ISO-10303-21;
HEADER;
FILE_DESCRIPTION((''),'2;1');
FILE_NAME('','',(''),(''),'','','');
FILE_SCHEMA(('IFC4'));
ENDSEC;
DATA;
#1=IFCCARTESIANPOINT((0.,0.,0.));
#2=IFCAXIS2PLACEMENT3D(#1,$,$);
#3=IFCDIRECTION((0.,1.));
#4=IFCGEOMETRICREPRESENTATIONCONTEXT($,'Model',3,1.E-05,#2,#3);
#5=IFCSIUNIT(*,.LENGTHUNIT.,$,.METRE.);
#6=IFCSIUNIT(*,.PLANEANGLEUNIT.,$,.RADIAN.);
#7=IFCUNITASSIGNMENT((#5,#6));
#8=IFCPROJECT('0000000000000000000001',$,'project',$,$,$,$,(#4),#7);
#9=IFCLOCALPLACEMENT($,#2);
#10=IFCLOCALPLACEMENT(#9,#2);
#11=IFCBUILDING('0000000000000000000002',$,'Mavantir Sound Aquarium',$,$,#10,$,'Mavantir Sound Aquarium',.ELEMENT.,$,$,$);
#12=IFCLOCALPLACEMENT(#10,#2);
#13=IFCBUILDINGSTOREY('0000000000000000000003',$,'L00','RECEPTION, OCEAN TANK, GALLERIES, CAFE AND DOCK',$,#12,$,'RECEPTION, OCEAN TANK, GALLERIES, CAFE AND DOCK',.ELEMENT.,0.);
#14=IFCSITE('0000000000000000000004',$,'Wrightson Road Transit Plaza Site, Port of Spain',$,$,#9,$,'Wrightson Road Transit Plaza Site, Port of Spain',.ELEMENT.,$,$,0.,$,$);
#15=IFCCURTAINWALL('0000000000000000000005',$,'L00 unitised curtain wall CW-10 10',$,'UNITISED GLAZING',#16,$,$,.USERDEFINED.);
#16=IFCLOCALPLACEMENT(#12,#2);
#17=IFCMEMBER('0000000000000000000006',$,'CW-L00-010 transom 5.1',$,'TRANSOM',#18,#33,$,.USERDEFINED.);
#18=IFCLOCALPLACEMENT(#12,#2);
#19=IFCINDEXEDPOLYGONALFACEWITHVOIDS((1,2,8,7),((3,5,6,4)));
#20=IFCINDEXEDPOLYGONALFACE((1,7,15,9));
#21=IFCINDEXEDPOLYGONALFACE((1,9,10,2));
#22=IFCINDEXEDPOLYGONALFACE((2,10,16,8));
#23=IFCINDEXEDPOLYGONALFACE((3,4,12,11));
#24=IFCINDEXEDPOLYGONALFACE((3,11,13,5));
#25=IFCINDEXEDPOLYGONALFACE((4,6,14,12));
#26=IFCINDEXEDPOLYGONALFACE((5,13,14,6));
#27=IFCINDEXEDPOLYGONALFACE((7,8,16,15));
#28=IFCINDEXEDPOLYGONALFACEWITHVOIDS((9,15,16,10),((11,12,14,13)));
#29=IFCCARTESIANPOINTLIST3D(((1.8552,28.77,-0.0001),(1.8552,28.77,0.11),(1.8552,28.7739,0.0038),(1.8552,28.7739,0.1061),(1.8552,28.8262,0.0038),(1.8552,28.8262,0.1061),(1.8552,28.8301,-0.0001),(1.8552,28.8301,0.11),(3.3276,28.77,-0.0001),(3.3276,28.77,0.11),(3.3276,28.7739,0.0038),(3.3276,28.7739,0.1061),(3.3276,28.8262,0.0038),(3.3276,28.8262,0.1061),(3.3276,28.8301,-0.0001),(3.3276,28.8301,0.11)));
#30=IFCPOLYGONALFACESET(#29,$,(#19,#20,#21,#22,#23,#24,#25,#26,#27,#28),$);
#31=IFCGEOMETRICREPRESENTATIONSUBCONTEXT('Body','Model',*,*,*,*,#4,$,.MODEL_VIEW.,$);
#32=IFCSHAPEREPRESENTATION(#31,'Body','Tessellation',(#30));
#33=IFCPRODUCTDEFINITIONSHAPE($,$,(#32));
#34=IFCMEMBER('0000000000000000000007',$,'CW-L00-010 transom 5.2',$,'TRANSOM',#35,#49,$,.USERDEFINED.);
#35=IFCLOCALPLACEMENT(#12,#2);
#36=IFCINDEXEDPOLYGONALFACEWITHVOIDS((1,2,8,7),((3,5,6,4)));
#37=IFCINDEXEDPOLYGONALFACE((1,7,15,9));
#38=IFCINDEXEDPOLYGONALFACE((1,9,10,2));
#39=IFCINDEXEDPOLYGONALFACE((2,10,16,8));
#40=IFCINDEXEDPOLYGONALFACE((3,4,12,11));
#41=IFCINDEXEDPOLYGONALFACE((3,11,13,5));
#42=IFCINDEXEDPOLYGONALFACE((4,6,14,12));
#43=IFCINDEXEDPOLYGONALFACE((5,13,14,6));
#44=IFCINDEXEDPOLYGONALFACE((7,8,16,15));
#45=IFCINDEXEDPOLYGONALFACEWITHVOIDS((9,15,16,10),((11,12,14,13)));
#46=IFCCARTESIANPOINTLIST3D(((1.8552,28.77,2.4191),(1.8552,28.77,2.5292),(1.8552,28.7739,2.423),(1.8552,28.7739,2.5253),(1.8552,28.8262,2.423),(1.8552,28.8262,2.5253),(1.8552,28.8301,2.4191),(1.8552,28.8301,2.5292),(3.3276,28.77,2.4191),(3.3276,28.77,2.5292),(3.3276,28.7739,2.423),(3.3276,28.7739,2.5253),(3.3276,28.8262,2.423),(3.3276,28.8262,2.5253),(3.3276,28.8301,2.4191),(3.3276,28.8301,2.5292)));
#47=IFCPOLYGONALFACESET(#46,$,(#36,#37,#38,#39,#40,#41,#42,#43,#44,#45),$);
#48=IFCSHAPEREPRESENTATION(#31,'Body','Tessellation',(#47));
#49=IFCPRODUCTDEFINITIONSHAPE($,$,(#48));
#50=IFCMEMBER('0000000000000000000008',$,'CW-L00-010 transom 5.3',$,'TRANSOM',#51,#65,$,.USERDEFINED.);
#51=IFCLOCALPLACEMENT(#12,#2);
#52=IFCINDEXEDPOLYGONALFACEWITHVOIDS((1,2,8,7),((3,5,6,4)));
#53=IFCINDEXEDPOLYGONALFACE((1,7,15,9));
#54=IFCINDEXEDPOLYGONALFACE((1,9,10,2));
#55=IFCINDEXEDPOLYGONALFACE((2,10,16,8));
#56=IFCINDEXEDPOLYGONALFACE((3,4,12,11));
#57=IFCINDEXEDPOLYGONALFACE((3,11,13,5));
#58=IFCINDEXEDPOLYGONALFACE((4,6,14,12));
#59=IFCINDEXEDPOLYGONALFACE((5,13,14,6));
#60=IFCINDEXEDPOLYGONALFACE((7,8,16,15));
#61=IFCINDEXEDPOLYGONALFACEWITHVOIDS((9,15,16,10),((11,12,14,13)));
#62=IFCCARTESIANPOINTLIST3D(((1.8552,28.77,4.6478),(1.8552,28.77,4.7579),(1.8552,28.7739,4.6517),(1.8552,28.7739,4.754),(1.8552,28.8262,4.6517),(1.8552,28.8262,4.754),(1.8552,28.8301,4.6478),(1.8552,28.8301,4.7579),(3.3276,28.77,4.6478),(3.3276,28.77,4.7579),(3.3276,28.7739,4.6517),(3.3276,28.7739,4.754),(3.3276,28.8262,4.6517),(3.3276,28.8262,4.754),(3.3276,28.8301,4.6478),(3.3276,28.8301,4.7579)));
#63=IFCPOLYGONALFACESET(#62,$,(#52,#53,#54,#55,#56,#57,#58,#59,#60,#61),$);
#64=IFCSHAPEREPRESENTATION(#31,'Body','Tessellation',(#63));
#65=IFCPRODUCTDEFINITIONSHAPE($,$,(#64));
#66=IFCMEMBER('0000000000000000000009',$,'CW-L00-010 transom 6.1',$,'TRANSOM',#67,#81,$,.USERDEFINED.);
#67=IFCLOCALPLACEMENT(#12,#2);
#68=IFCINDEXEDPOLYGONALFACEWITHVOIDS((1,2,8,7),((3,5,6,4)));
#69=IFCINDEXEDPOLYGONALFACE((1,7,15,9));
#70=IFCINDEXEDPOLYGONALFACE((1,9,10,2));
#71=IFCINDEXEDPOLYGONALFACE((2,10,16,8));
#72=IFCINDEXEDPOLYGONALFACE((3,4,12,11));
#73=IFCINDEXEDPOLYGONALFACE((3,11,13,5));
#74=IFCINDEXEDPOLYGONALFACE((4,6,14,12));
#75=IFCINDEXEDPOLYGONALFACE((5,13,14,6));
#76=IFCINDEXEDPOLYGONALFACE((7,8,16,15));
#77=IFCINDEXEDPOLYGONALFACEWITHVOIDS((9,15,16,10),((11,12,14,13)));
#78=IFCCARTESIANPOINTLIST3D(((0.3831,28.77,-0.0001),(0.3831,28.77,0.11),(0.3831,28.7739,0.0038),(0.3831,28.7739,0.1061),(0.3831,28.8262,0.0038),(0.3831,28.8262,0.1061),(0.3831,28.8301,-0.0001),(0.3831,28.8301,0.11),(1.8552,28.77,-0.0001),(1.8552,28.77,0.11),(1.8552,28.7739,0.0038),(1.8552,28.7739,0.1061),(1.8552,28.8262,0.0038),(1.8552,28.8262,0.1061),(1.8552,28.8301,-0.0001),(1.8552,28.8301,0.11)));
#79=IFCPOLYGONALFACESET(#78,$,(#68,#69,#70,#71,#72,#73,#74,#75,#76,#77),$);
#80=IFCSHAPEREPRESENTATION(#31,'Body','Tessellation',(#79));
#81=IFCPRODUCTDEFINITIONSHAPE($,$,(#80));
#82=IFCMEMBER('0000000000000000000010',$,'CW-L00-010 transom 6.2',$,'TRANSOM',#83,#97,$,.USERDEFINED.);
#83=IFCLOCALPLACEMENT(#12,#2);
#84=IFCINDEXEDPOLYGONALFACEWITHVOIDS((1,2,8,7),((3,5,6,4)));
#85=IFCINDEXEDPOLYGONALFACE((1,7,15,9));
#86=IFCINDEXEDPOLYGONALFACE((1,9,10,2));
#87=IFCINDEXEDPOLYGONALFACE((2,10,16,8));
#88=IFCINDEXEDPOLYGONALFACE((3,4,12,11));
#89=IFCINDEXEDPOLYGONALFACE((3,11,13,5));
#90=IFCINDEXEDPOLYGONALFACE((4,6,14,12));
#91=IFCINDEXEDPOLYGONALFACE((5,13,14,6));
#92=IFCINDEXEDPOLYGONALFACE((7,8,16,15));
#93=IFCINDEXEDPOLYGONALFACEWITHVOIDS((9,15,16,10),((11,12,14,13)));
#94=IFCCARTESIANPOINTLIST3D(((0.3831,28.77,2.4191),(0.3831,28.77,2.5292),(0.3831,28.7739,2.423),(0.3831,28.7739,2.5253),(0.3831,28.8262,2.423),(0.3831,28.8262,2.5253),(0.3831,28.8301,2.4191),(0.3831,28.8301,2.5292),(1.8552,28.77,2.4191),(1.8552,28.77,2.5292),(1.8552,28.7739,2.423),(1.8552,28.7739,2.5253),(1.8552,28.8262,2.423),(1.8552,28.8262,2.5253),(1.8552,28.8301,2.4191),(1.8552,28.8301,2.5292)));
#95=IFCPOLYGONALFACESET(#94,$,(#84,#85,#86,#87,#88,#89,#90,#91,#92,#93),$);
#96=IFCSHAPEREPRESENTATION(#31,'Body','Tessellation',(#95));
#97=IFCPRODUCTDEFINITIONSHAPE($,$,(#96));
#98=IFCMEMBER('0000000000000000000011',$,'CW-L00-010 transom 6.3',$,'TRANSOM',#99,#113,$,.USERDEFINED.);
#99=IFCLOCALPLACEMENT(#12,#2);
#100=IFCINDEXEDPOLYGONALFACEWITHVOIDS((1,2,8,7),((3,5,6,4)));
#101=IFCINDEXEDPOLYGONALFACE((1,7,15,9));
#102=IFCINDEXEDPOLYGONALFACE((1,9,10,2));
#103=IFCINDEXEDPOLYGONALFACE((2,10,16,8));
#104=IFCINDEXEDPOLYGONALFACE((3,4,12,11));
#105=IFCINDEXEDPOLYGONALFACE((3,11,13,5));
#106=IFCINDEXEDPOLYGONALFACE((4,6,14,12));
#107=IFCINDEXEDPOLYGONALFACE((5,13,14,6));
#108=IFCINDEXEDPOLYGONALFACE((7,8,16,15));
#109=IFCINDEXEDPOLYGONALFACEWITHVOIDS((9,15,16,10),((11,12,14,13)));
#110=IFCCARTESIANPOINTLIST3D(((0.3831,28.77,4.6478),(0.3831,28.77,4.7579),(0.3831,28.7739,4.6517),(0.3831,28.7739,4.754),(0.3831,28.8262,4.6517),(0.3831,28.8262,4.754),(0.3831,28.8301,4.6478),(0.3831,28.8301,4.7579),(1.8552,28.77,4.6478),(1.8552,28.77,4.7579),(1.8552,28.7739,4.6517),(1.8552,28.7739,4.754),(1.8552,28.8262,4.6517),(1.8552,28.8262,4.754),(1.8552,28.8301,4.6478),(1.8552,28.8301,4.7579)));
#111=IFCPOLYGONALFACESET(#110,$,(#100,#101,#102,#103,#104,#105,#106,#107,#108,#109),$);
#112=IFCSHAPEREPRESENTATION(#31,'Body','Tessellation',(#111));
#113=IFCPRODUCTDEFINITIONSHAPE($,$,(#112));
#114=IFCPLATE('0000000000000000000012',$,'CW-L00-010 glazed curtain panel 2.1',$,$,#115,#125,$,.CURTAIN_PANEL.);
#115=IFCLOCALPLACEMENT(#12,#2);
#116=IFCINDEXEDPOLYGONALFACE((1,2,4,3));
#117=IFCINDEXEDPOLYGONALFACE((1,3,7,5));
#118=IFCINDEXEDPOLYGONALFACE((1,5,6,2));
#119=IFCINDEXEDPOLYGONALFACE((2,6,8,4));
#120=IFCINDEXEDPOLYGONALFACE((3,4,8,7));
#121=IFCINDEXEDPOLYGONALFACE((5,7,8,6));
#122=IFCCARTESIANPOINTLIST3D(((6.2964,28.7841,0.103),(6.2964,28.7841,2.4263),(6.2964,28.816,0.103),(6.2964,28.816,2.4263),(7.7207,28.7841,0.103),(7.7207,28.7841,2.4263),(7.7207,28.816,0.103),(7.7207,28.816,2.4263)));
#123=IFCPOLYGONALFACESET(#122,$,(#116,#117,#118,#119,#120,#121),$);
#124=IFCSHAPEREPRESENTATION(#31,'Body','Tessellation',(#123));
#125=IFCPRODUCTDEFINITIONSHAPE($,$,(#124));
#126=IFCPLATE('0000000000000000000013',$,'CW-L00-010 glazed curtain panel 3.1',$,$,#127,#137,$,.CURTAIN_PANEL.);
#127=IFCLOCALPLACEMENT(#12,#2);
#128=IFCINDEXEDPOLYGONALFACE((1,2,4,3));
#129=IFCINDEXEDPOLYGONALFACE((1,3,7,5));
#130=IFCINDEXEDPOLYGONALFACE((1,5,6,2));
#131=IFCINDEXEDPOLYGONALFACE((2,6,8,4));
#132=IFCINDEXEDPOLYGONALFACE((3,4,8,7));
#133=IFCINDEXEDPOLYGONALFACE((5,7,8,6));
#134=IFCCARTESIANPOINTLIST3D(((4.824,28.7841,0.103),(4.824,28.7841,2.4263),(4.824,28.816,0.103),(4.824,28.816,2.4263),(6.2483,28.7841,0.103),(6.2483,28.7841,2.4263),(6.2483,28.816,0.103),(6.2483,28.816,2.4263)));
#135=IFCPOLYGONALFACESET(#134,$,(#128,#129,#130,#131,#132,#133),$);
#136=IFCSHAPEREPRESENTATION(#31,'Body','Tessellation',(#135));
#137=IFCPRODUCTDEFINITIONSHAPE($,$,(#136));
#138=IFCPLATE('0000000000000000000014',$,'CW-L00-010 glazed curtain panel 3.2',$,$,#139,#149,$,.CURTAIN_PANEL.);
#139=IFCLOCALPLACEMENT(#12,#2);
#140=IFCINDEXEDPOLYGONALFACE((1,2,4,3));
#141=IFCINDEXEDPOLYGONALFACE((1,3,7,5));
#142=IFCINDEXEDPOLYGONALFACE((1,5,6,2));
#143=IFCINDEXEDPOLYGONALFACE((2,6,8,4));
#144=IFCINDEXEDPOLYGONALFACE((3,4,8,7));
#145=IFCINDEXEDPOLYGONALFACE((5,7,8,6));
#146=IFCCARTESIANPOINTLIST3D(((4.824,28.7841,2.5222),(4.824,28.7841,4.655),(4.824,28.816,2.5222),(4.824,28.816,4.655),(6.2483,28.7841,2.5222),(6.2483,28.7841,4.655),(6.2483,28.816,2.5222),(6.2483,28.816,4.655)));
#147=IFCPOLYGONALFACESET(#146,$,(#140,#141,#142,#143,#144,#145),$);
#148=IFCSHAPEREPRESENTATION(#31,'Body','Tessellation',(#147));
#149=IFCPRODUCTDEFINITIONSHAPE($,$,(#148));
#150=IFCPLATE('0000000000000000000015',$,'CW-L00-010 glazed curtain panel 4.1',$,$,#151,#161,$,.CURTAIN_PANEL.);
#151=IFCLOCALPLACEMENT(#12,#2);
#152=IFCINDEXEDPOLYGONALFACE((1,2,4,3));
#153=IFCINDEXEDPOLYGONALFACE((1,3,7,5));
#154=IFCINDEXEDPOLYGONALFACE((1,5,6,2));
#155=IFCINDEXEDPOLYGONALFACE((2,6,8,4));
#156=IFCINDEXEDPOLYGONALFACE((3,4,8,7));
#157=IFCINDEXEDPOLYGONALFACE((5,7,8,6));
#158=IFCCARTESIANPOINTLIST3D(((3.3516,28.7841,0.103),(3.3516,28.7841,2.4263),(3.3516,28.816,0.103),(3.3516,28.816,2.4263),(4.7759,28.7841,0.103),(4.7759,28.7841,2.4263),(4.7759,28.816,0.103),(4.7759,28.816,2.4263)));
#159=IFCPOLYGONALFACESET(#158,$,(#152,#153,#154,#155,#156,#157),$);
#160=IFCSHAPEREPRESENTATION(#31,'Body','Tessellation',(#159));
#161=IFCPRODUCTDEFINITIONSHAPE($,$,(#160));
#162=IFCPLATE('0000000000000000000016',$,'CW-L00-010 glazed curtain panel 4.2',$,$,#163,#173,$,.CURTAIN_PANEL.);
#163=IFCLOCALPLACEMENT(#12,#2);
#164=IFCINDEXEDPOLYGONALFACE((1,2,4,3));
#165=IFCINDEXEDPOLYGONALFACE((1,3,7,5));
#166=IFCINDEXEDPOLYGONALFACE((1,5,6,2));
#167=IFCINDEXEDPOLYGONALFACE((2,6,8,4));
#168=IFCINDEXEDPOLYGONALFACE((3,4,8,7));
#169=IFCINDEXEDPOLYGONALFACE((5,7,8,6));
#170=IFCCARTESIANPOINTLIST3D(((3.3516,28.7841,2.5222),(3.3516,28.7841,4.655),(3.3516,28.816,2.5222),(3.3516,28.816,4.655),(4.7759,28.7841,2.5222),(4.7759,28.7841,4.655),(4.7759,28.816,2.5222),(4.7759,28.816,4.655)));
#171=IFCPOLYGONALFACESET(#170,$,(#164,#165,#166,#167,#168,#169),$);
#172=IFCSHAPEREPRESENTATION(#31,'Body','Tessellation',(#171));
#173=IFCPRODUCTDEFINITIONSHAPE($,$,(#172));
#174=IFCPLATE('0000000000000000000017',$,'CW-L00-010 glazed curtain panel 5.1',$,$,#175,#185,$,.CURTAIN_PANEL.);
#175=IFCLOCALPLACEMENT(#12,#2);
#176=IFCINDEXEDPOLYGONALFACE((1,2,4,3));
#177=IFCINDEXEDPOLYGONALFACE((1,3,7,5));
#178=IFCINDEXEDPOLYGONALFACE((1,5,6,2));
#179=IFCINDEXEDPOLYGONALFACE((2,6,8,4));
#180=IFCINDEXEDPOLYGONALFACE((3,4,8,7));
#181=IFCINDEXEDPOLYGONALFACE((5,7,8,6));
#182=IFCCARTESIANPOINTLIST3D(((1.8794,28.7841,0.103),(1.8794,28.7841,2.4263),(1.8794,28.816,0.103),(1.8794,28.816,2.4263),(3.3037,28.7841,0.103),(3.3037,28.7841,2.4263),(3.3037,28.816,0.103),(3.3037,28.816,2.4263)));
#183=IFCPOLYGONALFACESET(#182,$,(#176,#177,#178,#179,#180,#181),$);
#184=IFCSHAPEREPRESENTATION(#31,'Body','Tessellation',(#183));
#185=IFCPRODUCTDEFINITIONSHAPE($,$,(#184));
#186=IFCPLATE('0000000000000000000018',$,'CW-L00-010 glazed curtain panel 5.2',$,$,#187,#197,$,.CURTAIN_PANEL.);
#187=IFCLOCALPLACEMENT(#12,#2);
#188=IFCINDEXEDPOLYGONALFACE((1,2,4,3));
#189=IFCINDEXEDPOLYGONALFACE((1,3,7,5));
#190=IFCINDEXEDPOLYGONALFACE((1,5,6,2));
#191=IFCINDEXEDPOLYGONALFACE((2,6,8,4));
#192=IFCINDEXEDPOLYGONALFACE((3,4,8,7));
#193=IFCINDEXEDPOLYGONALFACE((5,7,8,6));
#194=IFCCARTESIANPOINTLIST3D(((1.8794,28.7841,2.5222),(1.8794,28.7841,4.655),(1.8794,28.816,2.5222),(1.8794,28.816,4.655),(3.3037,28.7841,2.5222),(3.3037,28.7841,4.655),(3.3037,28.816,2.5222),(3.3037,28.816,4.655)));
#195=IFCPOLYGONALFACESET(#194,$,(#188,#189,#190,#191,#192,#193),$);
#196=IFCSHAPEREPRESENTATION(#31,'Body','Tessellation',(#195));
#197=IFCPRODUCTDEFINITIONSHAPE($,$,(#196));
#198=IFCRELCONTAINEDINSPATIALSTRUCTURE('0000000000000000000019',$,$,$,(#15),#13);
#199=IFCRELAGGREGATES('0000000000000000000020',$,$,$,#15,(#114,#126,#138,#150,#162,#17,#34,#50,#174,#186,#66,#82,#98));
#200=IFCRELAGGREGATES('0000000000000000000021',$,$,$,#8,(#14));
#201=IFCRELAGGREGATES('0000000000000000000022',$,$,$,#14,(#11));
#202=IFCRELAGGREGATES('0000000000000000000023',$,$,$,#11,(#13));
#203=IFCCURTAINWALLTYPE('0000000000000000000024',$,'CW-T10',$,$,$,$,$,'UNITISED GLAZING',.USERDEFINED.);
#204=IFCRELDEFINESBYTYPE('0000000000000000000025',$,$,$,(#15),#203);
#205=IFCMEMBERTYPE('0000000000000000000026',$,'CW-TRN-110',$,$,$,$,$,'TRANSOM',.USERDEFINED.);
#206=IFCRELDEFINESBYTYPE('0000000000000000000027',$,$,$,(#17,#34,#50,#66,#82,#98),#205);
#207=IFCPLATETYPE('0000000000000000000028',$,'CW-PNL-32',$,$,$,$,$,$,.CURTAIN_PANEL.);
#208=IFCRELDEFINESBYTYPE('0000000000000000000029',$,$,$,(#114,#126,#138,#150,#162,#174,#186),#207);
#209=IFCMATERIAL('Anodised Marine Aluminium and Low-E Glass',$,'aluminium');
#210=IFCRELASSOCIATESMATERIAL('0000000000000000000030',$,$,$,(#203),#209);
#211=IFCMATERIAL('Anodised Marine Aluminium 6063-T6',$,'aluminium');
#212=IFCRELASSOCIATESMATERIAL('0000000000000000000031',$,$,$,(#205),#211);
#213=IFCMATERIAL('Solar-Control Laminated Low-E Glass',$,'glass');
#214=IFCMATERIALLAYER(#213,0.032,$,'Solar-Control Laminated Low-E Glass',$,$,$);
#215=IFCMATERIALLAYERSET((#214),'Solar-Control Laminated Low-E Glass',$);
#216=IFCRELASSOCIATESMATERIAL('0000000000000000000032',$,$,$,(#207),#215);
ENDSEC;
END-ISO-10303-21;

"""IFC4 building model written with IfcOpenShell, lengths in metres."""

from ifc_helpers import new_model, si_unit, direction, frame, origin, origin_2d, place, context, subcontext, project, spatial, rectangle, hollow_rectangle, extrude, material, layer, layer_set, material_profile, profile_set, type_object, element, aggregate, save


model = new_model("IFC4")

# Units and contexts
model_context = context("Model", 3, precision=1e-05, world=origin(), true_north=direction((0.0, 1.0)))
body_context = subcontext(model_context, "Body", "Model", "MODEL_VIEW")
ifc_project = project(units=[si_unit("LENGTHUNIT", "METRE"), si_unit("PLANEANGLEUNIT", "RADIAN")], contexts=[model_context])

# Site, building, storey
site_placement = place(None, origin())
site = spatial("IfcSite", under=ifc_project, at=site_placement, Name="Wrightson Road Transit Plaza Site, Port of Spain", LongName="Wrightson Road Transit Plaza Site, Port of Spain", CompositionType="ELEMENT", RefElevation=0.0)
building_placement = place(site_placement, origin())
building = spatial("IfcBuilding", under=site, at=building_placement, Name="Mavantir Sound Aquarium", LongName="Mavantir Sound Aquarium", CompositionType="ELEMENT")
storey_placement = place(building_placement, origin())
storey = spatial("IfcBuildingStorey", under=building, at=storey_placement, Name="L00", Description="RECEPTION, OCEAN TANK, GALLERIES, CAFE AND DOCK", LongName="RECEPTION, OCEAN TANK, GALLERIES, CAFE AND DOCK", CompositionType="ELEMENT", Elevation=0.0)

# Curtain wall, members, plates
ifc_material_1 = material(Name="Anodised Marine Aluminium and Low-E Glass", Category="aluminium")
curtain_wall_type = type_object("IfcCurtainWallType", Name="CW-T10", ElementType="UNITISED GLAZING", PredefinedType="USERDEFINED", material=ifc_material_1)
curtain_wall_placement = place(storey_placement, origin())
curtain_wall = element("IfcCurtainWall", 1, at=curtain_wall_placement, inside=storey, type_object=curtain_wall_type, Name="L00 unitised curtain wall CW-10 10", ObjectType="UNITISED GLAZING", PredefinedType="USERDEFINED")
ifc_material_2 = material(Name="Anodised Marine Aluminium 6063-T6", Category="aluminium")
ifc_material_profile_1 = material_profile(ifc_material_2, hollow_rectangle(XDim=0.0601, YDim=0.1101, WallThickness=0.0039, at=origin_2d()), Name="ALU-TRANSOM-110X60")
ifc_profile_set_1 = profile_set([ifc_material_profile_1], Name="Anodised Marine Aluminium 6063-T6")
member_type_1 = type_object("IfcMemberType", Name="CW-TRN-110", ElementType="TRANSOM", PredefinedType="USERDEFINED", material=ifc_profile_set_1)
member_1_placement = place(storey_placement, frame((3.3276, 28.8, 0.0549), z_axis=(-1.0, 0.0, 0.0), x_axis=(0.0, -1.0, 0.0)))
member_1 = element("IfcMember", 2, at=member_1_placement, type_object=member_type_1, Name="CW-L00-010 transom 5.1", ObjectType="TRANSOM", PredefinedType="USERDEFINED", context=body_context, shape_type="SweptSolid", body=[
    extrude(hollow_rectangle(XDim=0.0601, YDim=0.1101, WallThickness=0.0039, at=origin_2d()), origin(), (0.0, 0.0, 1.0), 1.4724),
])
member_2_placement = place(storey_placement, frame((3.3276, 28.8, 2.4741), z_axis=(-1.0, 0.0, 0.0), x_axis=(0.0, -1.0, 0.0)))
member_2 = element("IfcMember", 3, at=member_2_placement, type_object=member_type_1, Name="CW-L00-010 transom 5.2", ObjectType="TRANSOM", PredefinedType="USERDEFINED", context=body_context, shape_type="SweptSolid", body=[
    extrude(hollow_rectangle(XDim=0.0601, YDim=0.1101, WallThickness=0.0039, at=origin_2d()), origin(), (0.0, 0.0, 1.0), 1.4724),
])
member_3_placement = place(storey_placement, frame((3.3276, 28.8, 4.7029), z_axis=(-1.0, 0.0, 0.0), x_axis=(0.0, -1.0, 0.0)))
member_3 = element("IfcMember", 4, at=member_3_placement, type_object=member_type_1, Name="CW-L00-010 transom 5.3", ObjectType="TRANSOM", PredefinedType="USERDEFINED", context=body_context, shape_type="SweptSolid", body=[
    extrude(hollow_rectangle(XDim=0.0601, YDim=0.1101, WallThickness=0.0039, at=origin_2d()), origin(), (0.0, 0.0, 1.0), 1.4724),
])
member_4_placement = place(storey_placement, frame((1.8552, 28.8, 0.0549), z_axis=(-1.0, 0.0, 0.0), x_axis=(0.0, -1.0, 0.0)))
member_4 = element("IfcMember", 5, at=member_4_placement, type_object=member_type_1, Name="CW-L00-010 transom 6.1", ObjectType="TRANSOM", PredefinedType="USERDEFINED", context=body_context, shape_type="SweptSolid", body=[
    extrude(hollow_rectangle(XDim=0.0601, YDim=0.1101, WallThickness=0.0039, at=origin_2d()), origin(), (0.0, 0.0, 1.0), 1.4722),
])
member_5_placement = place(storey_placement, frame((1.8552, 28.8, 2.4741), z_axis=(-1.0, 0.0, 0.0), x_axis=(0.0, -1.0, 0.0)))
member_5 = element("IfcMember", 6, at=member_5_placement, type_object=member_type_1, Name="CW-L00-010 transom 6.2", ObjectType="TRANSOM", PredefinedType="USERDEFINED", context=body_context, shape_type="SweptSolid", body=[
    extrude(hollow_rectangle(XDim=0.0601, YDim=0.1101, WallThickness=0.0039, at=origin_2d()), origin(), (0.0, 0.0, 1.0), 1.4722),
])
member_6_placement = place(storey_placement, frame((1.8552, 28.8, 4.7029), z_axis=(-1.0, 0.0, 0.0), x_axis=(0.0, -1.0, 0.0)))
member_6 = element("IfcMember", 7, at=member_6_placement, type_object=member_type_1, Name="CW-L00-010 transom 6.3", ObjectType="TRANSOM", PredefinedType="USERDEFINED", context=body_context, shape_type="SweptSolid", body=[
    extrude(hollow_rectangle(XDim=0.0601, YDim=0.1101, WallThickness=0.0039, at=origin_2d()), origin(), (0.0, 0.0, 1.0), 1.4722),
])
ifc_material_3 = material(Name="Solar-Control Laminated Low-E Glass", Category="glass")
ifc_layer = layer(ifc_material_3, 0.032, Name="Solar-Control Laminated Low-E Glass")
ifc_layer_set = layer_set([ifc_layer], Name="Solar-Control Laminated Low-E Glass")
plate_type = type_object("IfcPlateType", Name="CW-PNL-32", PredefinedType="CURTAIN_PANEL", material=ifc_layer_set)
plate_1_placement = place(storey_placement, frame((7.0085, 28.8, 0.103), z_axis=(0.0, 0.0, 1.0), x_axis=(-1.0, 0.0, 0.0)))
plate_1 = element("IfcPlate", 8, at=plate_1_placement, type_object=plate_type, Name="CW-L00-010 glazed curtain panel 2.1", PredefinedType="CURTAIN_PANEL", context=body_context, shape_type="SweptSolid", body=[
    extrude(rectangle(XDim=1.4243, YDim=0.032, at=origin_2d()), origin(), (0.0, 0.0, 1.0), 2.3232),
])
plate_2_placement = place(storey_placement, frame((5.5361, 28.8, 0.103), z_axis=(0.0, 0.0, 1.0), x_axis=(-1.0, 0.0, 0.0)))
plate_2 = element("IfcPlate", 9, at=plate_2_placement, type_object=plate_type, Name="CW-L00-010 glazed curtain panel 3.1", PredefinedType="CURTAIN_PANEL", context=body_context, shape_type="SweptSolid", body=[
    extrude(rectangle(XDim=1.4243, YDim=0.032, at=origin_2d()), origin(), (0.0, 0.0, 1.0), 2.3232),
])
plate_3_placement = place(storey_placement, frame((5.5361, 28.8, 2.5222), z_axis=(0.0, 0.0, 1.0), x_axis=(-1.0, 0.0, 0.0)))
plate_3 = element("IfcPlate", 10, at=plate_3_placement, type_object=plate_type, Name="CW-L00-010 glazed curtain panel 3.2", PredefinedType="CURTAIN_PANEL", context=body_context, shape_type="SweptSolid", body=[
    extrude(rectangle(XDim=1.4243, YDim=0.032, at=origin_2d()), origin(), (0.0, 0.0, 1.0), 2.1328),
])
plate_4_placement = place(storey_placement, frame((4.0637, 28.8, 0.103), z_axis=(0.0, 0.0, 1.0), x_axis=(-1.0, 0.0, 0.0)))
plate_4 = element("IfcPlate", 11, at=plate_4_placement, type_object=plate_type, Name="CW-L00-010 glazed curtain panel 4.1", PredefinedType="CURTAIN_PANEL", context=body_context, shape_type="SweptSolid", body=[
    extrude(rectangle(XDim=1.4243, YDim=0.032, at=origin_2d()), origin(), (0.0, 0.0, 1.0), 2.3232),
])
plate_5_placement = place(storey_placement, frame((4.0637, 28.8, 2.5222), z_axis=(0.0, 0.0, 1.0), x_axis=(-1.0, 0.0, 0.0)))
plate_5 = element("IfcPlate", 12, at=plate_5_placement, type_object=plate_type, Name="CW-L00-010 glazed curtain panel 4.2", PredefinedType="CURTAIN_PANEL", context=body_context, shape_type="SweptSolid", body=[
    extrude(rectangle(XDim=1.4243, YDim=0.032, at=origin_2d()), origin(), (0.0, 0.0, 1.0), 2.1328),
])
plate_6_placement = place(storey_placement, frame((2.5916, 28.8, 0.103), z_axis=(0.0, 0.0, 1.0), x_axis=(-1.0, 0.0, 0.0)))
plate_6 = element("IfcPlate", 13, at=plate_6_placement, type_object=plate_type, Name="CW-L00-010 glazed curtain panel 5.1", PredefinedType="CURTAIN_PANEL", context=body_context, shape_type="SweptSolid", body=[
    extrude(rectangle(XDim=1.4243, YDim=0.032, at=origin_2d()), origin(), (0.0, 0.0, 1.0), 2.3232),
])
plate_7_placement = place(storey_placement, frame((2.5916, 28.8, 2.5222), z_axis=(0.0, 0.0, 1.0), x_axis=(-1.0, 0.0, 0.0)))
plate_7 = element("IfcPlate", 14, at=plate_7_placement, type_object=plate_type, Name="CW-L00-010 glazed curtain panel 5.2", PredefinedType="CURTAIN_PANEL", context=body_context, shape_type="SweptSolid", body=[
    extrude(rectangle(XDim=1.4243, YDim=0.032, at=origin_2d()), origin(), (0.0, 0.0, 1.0), 2.1328),
])
aggregate(curtain_wall, [plate_1, plate_2, plate_3, plate_4, plate_5, member_1, member_2, member_3, plate_6, plate_7, member_4, member_5, member_6])

save(model, "model.ifc")
